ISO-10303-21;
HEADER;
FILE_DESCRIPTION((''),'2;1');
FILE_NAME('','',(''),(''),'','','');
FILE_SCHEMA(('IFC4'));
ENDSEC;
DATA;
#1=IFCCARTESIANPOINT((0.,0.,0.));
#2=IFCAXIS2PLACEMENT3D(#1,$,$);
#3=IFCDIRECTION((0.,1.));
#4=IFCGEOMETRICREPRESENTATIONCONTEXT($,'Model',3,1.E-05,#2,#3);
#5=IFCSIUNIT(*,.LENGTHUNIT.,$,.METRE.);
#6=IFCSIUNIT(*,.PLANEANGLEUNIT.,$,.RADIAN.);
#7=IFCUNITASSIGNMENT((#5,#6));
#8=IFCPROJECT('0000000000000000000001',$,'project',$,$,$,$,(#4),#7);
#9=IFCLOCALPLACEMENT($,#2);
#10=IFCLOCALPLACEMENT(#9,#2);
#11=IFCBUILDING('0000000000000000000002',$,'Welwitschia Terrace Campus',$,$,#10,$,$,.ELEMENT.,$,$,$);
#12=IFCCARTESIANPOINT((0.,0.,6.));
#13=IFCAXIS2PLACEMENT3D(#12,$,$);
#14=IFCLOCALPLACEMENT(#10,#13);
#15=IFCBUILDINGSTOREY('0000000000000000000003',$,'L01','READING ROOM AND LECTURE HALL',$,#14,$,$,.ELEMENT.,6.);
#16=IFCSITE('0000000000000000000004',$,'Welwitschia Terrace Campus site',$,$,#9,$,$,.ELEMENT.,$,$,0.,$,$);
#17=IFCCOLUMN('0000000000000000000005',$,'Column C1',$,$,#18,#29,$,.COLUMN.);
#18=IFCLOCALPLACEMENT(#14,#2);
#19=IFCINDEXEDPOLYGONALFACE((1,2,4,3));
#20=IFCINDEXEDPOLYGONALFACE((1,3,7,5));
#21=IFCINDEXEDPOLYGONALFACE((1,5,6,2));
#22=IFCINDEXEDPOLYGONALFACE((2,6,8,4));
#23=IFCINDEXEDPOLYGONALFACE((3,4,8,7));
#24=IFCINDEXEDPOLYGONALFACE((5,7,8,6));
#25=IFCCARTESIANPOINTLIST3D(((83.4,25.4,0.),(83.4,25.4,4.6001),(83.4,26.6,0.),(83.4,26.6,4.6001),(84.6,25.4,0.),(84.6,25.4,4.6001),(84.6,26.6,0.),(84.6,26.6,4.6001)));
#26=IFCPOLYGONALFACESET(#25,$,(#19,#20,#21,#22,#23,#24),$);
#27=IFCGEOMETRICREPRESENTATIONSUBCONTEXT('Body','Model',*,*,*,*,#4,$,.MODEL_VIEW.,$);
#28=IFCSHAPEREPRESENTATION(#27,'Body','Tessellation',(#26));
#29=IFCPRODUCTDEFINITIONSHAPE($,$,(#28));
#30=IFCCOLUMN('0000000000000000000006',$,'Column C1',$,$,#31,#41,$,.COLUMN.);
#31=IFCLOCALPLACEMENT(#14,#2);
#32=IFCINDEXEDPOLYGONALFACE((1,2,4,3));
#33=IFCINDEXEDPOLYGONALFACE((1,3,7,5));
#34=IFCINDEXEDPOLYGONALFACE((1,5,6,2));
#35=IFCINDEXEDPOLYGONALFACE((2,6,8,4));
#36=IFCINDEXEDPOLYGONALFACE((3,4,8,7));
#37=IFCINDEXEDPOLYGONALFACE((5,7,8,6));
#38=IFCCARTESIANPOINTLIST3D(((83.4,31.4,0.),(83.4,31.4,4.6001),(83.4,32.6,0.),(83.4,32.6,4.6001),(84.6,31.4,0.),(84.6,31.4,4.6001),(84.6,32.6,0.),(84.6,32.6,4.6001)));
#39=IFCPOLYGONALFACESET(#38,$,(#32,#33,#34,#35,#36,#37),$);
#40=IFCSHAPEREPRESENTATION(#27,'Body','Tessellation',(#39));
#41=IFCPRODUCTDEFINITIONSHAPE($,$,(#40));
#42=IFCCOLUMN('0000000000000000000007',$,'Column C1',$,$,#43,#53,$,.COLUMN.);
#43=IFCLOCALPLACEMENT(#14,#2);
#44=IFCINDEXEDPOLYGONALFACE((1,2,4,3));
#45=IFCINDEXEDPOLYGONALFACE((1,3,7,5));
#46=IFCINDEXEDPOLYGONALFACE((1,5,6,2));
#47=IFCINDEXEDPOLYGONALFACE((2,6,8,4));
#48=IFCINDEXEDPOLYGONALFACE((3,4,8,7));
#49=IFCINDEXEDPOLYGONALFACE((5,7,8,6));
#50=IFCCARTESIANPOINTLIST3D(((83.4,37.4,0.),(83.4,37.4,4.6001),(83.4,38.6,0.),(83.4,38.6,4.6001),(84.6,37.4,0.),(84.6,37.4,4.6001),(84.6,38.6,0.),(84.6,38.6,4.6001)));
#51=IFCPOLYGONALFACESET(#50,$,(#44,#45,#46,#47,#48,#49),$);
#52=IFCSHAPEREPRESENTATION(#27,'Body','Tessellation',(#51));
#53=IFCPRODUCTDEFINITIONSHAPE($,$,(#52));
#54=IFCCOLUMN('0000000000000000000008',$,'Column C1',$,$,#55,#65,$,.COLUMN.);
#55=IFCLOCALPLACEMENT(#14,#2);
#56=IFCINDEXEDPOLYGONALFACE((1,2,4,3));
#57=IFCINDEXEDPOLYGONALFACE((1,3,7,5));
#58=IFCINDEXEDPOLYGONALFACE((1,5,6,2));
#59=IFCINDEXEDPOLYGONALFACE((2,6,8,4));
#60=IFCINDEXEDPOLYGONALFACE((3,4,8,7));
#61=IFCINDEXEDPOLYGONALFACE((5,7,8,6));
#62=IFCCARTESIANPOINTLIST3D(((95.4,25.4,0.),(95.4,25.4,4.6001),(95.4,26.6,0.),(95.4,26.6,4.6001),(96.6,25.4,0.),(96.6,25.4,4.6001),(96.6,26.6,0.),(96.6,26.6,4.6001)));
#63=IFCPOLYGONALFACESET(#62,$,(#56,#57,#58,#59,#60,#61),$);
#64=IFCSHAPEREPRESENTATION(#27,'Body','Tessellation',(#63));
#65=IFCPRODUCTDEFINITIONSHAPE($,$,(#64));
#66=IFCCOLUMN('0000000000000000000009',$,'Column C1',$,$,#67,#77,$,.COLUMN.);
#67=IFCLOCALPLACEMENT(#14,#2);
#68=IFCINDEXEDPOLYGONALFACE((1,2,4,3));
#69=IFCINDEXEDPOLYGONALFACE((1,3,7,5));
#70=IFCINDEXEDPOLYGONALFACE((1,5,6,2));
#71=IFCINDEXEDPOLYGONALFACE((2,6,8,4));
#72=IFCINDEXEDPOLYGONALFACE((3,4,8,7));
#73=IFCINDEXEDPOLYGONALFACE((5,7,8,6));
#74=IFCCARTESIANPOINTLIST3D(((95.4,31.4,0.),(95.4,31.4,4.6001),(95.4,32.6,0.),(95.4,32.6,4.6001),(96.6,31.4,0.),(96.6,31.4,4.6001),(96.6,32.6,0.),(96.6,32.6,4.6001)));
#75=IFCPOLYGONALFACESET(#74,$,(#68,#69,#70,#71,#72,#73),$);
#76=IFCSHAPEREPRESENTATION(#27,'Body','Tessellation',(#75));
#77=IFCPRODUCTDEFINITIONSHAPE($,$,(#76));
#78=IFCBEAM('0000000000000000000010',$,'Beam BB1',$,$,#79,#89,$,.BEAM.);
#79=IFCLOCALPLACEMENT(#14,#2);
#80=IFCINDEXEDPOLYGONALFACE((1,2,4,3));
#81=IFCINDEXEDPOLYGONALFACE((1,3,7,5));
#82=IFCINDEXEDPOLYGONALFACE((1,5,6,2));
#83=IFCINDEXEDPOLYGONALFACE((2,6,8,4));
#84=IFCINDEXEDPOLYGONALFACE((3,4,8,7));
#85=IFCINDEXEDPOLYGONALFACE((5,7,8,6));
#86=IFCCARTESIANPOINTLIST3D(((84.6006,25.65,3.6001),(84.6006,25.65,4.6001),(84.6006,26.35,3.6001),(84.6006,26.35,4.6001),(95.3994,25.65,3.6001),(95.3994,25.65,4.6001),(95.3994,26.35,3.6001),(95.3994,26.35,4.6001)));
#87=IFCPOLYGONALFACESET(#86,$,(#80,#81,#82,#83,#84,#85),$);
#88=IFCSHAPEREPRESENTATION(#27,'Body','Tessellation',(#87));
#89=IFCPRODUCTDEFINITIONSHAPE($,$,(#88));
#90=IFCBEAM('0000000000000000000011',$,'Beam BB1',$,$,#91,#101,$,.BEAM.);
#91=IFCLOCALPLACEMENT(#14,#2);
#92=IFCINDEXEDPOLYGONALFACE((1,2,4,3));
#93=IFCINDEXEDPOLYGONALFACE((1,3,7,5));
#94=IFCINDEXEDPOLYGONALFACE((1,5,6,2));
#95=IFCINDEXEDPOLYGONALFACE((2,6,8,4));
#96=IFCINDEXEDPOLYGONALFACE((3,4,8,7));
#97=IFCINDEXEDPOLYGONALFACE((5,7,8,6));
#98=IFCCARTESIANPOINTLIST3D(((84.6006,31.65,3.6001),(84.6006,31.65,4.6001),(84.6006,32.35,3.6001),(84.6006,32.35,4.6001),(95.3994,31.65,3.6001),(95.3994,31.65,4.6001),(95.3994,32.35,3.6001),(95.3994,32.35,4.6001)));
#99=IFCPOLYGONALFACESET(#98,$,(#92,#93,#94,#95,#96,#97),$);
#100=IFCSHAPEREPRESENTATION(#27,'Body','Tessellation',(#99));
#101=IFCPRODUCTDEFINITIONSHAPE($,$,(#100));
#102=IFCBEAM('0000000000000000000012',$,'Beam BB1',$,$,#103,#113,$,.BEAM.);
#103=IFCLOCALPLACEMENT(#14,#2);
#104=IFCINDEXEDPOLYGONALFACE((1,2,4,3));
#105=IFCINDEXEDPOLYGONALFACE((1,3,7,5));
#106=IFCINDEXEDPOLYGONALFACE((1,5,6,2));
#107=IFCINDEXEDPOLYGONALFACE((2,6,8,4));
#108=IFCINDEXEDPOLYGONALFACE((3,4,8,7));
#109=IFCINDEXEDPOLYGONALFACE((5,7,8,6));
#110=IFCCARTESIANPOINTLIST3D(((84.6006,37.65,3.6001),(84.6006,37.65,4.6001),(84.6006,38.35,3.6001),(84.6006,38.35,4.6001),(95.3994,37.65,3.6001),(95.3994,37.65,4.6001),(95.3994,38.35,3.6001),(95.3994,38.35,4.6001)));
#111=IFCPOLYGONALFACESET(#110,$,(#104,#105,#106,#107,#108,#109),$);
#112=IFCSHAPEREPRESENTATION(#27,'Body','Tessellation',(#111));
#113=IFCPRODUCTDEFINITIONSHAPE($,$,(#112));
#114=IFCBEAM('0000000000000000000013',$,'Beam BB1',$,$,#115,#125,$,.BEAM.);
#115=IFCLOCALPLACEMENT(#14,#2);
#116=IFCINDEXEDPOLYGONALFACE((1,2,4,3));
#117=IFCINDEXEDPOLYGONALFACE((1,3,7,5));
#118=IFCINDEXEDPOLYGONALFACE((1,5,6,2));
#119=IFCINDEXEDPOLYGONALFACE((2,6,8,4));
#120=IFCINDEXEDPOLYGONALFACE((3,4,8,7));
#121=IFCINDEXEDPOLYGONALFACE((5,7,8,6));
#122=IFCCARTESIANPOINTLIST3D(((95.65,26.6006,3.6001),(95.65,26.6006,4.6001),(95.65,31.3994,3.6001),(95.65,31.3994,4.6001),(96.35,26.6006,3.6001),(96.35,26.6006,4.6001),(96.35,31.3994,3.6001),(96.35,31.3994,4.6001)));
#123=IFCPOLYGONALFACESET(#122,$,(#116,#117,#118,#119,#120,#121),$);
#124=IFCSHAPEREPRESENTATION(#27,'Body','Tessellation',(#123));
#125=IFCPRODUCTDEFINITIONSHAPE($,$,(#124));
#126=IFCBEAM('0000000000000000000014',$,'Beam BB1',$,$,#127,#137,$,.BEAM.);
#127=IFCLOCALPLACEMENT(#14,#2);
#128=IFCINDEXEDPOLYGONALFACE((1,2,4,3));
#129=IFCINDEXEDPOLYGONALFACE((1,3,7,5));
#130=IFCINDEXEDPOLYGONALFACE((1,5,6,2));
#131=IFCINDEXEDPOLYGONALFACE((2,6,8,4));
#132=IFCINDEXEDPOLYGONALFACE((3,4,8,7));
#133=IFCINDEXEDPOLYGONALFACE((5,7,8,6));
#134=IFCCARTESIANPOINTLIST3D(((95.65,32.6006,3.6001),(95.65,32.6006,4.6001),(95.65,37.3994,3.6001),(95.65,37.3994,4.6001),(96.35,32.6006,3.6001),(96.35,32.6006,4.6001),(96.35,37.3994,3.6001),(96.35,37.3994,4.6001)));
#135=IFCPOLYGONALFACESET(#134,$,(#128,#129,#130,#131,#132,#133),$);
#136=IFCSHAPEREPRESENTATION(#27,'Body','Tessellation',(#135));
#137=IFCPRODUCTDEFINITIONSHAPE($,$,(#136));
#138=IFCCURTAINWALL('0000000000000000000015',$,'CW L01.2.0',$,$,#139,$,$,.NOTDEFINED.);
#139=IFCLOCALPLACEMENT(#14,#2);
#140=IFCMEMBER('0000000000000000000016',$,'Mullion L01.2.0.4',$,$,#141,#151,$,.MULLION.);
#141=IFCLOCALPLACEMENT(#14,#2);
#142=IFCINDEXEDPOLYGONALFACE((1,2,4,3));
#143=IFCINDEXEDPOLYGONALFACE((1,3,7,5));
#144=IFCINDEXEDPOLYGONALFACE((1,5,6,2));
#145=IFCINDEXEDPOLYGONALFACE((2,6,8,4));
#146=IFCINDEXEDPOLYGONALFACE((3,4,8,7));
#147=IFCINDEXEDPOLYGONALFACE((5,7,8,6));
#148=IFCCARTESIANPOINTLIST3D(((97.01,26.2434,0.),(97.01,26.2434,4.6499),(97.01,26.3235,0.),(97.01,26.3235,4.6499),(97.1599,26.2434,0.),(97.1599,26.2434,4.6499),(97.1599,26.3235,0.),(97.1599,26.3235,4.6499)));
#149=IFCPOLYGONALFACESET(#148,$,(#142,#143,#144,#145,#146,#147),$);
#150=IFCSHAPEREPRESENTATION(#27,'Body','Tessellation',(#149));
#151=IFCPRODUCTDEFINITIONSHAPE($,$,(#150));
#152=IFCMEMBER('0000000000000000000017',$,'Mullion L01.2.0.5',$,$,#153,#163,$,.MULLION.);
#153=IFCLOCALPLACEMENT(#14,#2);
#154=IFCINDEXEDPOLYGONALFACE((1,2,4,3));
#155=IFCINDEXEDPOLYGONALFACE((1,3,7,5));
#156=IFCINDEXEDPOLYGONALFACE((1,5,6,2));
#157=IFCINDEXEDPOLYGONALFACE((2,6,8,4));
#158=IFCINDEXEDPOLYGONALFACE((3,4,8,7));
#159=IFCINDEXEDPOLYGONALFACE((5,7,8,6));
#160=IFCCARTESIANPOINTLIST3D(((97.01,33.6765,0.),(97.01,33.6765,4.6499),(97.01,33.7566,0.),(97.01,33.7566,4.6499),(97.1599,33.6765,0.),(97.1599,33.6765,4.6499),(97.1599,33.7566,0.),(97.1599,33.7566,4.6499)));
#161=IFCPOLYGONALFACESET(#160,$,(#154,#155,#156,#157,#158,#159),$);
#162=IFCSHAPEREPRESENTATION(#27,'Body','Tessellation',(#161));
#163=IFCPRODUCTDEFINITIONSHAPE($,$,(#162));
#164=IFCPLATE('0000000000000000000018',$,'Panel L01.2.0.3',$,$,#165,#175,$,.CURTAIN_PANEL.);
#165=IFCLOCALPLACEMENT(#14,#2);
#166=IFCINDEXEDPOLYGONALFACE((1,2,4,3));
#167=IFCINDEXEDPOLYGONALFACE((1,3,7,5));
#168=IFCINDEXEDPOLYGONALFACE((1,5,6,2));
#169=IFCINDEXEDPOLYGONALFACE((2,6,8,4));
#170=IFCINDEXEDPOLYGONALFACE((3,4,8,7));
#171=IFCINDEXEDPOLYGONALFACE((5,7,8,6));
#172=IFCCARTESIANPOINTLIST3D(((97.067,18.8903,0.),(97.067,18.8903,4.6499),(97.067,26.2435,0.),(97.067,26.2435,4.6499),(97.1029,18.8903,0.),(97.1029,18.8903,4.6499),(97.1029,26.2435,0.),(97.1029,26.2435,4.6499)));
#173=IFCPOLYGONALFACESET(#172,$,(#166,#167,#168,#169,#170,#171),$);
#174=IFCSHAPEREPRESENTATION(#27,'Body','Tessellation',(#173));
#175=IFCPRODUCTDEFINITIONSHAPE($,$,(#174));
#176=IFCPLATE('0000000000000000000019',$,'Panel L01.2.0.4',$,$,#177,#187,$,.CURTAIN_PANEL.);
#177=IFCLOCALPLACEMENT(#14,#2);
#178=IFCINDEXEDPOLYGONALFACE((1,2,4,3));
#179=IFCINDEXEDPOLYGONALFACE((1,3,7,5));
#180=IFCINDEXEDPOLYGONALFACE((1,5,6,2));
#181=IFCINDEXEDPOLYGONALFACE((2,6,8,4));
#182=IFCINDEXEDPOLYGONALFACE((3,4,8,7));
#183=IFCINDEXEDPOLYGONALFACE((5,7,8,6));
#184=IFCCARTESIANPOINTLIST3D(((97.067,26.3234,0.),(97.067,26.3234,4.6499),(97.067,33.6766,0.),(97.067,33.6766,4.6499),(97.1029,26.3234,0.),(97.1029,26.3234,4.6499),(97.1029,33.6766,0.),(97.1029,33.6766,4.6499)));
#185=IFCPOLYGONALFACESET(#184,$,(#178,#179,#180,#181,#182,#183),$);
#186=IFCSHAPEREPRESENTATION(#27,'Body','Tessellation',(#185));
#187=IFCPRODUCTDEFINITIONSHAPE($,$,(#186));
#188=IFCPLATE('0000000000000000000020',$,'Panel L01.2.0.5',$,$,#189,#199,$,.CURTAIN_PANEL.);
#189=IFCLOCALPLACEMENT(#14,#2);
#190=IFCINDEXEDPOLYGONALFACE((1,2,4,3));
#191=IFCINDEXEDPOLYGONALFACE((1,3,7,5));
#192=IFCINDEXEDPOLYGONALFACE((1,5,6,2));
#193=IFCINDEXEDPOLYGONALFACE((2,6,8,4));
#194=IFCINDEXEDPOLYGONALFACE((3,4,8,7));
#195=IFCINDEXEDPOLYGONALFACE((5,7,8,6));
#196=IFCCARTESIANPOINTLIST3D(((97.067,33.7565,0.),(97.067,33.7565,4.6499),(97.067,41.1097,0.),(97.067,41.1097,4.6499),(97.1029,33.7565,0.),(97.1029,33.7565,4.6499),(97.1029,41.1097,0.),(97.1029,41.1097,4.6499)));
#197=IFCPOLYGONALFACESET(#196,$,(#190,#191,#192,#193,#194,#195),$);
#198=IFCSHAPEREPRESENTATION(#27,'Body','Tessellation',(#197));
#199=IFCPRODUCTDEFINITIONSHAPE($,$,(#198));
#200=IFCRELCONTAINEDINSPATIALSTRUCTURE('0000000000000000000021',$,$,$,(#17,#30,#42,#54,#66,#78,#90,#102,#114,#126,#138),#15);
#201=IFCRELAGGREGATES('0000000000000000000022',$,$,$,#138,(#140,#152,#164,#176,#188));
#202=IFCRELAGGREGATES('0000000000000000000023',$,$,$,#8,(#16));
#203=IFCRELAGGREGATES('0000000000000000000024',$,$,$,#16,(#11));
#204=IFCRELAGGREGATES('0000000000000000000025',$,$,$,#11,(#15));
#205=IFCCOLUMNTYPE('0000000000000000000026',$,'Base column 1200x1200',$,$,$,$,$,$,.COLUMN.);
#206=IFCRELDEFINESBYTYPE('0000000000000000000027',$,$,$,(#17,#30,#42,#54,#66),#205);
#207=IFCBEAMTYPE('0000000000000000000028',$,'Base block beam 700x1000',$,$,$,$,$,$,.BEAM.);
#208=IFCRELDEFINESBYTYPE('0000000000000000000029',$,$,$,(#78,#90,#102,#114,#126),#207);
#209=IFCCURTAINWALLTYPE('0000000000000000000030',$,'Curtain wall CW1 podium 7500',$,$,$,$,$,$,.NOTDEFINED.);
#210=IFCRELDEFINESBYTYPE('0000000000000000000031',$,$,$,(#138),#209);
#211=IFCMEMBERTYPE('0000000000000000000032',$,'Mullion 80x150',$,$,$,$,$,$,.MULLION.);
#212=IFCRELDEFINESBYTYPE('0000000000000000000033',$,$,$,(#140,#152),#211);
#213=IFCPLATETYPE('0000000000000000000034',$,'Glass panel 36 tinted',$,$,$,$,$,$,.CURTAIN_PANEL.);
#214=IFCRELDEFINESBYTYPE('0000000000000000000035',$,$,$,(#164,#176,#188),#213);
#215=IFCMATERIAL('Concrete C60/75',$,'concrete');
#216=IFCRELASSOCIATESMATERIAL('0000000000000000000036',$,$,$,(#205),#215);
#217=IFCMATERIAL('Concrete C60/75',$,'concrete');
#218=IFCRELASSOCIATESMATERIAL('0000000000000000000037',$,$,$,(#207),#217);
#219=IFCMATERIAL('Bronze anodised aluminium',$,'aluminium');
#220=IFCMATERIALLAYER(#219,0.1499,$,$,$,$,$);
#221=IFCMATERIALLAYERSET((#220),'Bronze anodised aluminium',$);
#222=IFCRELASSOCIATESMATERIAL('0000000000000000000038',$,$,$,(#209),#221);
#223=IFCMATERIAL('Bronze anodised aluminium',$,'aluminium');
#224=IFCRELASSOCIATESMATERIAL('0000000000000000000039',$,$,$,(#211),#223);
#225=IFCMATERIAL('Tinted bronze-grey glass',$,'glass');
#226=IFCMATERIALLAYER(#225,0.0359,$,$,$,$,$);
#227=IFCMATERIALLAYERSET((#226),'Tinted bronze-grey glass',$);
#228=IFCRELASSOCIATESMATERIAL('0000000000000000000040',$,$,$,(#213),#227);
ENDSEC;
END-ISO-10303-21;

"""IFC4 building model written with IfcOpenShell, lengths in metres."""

from ifc_helpers import new_model, si_unit, direction, frame, origin, origin_2d, place, context, subcontext, project, spatial, rectangle, extrude, material, layer, layer_set, material_profile, profile_set, type_object, element, aggregate, save


model = new_model("IFC4")

# Units and contexts
model_context = context("Model", 3, precision=1e-05, world=origin(), true_north=direction((0.0, 1.0)))
body_context = subcontext(model_context, "Body", "Model", "MODEL_VIEW")
ifc_project = project(units=[si_unit("LENGTHUNIT", "METRE"), si_unit("PLANEANGLEUNIT", "RADIAN")], contexts=[model_context])

# Site, building, storey
site_placement = place(None, origin())
site = spatial("IfcSite", under=ifc_project, at=site_placement, Name="Welwitschia Terrace Campus site", CompositionType="ELEMENT", RefElevation=0.0)
building_placement = place(site_placement, origin())
building = spatial("IfcBuilding", under=site, at=building_placement, Name="Welwitschia Terrace Campus", CompositionType="ELEMENT")
storey_placement = place(building_placement, frame((0.0, 0.0, 6.0)))
storey = spatial("IfcBuildingStorey", under=building, at=storey_placement, Name="L01", Description="READING ROOM AND LECTURE HALL", CompositionType="ELEMENT", Elevation=6.0)

# Columns
ifc_material_1 = material(Name="Concrete C60/75", Category="concrete")
ifc_material_profile_1 = material_profile(ifc_material_1, rectangle(XDim=1.2, YDim=1.2, at=origin_2d()))
ifc_profile_set_1 = profile_set([ifc_material_profile_1], Name="Concrete C60/75")
column_type = type_object("IfcColumnType", Name="Base column 1200x1200", PredefinedType="COLUMN", material=ifc_profile_set_1)
for number, where, z_axis, x_axis, name in (
    (1, (84.0, 26.0, 0.0), (0.0, 0.0, 1.0), (1.0, 0.0, 0.0), "Column C1"),
    (2, (84.0, 32.0, 0.0), (0.0, 0.0, 1.0), (1.0, 0.0, 0.0), "Column C1"),
    (3, (84.0, 38.0, 0.0), (0.0, 0.0, 1.0), (1.0, 0.0, 0.0), "Column C1"),
    (4, (96.0, 26.0, 0.0), (0.0, 0.0, 1.0), (1.0, 0.0, 0.0), "Column C1"),
    (5, (96.0, 32.0, 0.0), (0.0, 0.0, 1.0), (1.0, 0.0, 0.0), "Column C1"),
):
    element("IfcColumn", number, at=place(storey_placement, frame(where, z_axis=z_axis, x_axis=x_axis)), inside=storey, type_object=column_type, Name=name, PredefinedType="COLUMN", context=body_context, shape_type="SweptSolid", body=[
        extrude(rectangle(XDim=1.2, YDim=1.2, at=origin_2d()), origin(), (0.0, 0.0, 1.0), 4.6001),
    ])

# Beams
ifc_material_2 = material(Name="Concrete C60/75", Category="concrete")
ifc_material_profile_2 = material_profile(ifc_material_2, rectangle(XDim=0.7, YDim=1.0, at=origin_2d()))
ifc_profile_set_2 = profile_set([ifc_material_profile_2], Name="Concrete C60/75")
beam_type = type_object("IfcBeamType", Name="Base block beam 700x1000", PredefinedType="BEAM", material=ifc_profile_set_2)
for number, where, z_axis, x_axis, name in (
    (6, (84.6006, 26.0, 4.1001), (1.0, 0.0, 0.0), (0.0, 1.0, 0.0), "Beam BB1"),
    (7, (84.6006, 32.0, 4.1001), (1.0, 0.0, 0.0), (0.0, 1.0, 0.0), "Beam BB1"),
    (8, (84.6006, 38.0, 4.1001), (1.0, 0.0, 0.0), (0.0, 1.0, 0.0), "Beam BB1"),
):
    element("IfcBeam", number, at=place(storey_placement, frame(where, z_axis=z_axis, x_axis=x_axis)), inside=storey, type_object=beam_type, Name=name, PredefinedType="BEAM", context=body_context, shape_type="SweptSolid", body=[
        extrude(rectangle(XDim=0.7, YDim=1.0, at=origin_2d()), origin(), (0.0, 0.0, 1.0), 10.7988),
    ])
for number, where, z_axis, x_axis, name in (
    (9, (96.0, 26.6006, 4.1001), (0.0, 1.0, 0.0), (-1.0, 0.0, 0.0), "Beam BB1"),
    (10, (96.0, 32.6006, 4.1001), (0.0, 1.0, 0.0), (-1.0, 0.0, 0.0), "Beam BB1"),
):
    element("IfcBeam", number, at=place(storey_placement, frame(where, z_axis=z_axis, x_axis=x_axis)), inside=storey, type_object=beam_type, Name=name, PredefinedType="BEAM", context=body_context, shape_type="SweptSolid", body=[
        extrude(rectangle(XDim=0.7, YDim=1.0, at=origin_2d()), origin(), (0.0, 0.0, 1.0), 4.7988),
    ])

# Curtain wall, members, plates
ifc_material_3 = material(Name="Bronze anodised aluminium", Category="aluminium")
ifc_layer_1 = layer(ifc_material_3, 0.1499)
ifc_layer_set_1 = layer_set([ifc_layer_1], Name="Bronze anodised aluminium")
curtain_wall_type = type_object("IfcCurtainWallType", Name="Curtain wall CW1 podium 7500", PredefinedType="NOTDEFINED", material=ifc_layer_set_1)
curtain_wall_placement = place(storey_placement, origin())
curtain_wall = element("IfcCurtainWall", 11, at=curtain_wall_placement, inside=storey, type_object=curtain_wall_type, Name="CW L01.2.0", PredefinedType="NOTDEFINED")
ifc_material_4 = material(Name="Bronze anodised aluminium", Category="aluminium")
ifc_material_profile_3 = material_profile(ifc_material_4, rectangle(XDim=0.1499, YDim=0.0801, at=origin_2d()))
ifc_profile_set_3 = profile_set([ifc_material_profile_3], Name="Bronze anodised aluminium")
member_type = type_object("IfcMemberType", Name="Mullion 80x150", PredefinedType="MULLION", material=ifc_profile_set_3)
member_1_placement = place(storey_placement, frame((97.085, 26.2834, 0.0), z_axis=(0.0, 0.0, 1.0), x_axis=(-1.0, 0.0, 0.0)))
member_1 = element("IfcMember", 12, at=member_1_placement, type_object=member_type, Name="Mullion L01.2.0.4", PredefinedType="MULLION", context=body_context, shape_type="SweptSolid", body=[
    extrude(rectangle(XDim=0.1499, YDim=0.0801, at=origin_2d()), origin(), (0.0, 0.0, 1.0), 4.6499),
])
member_2_placement = place(storey_placement, frame((97.085, 33.7166, 0.0), z_axis=(0.0, 0.0, 1.0), x_axis=(-1.0, 0.0, 0.0)))
member_2 = element("IfcMember", 13, at=member_2_placement, type_object=member_type, Name="Mullion L01.2.0.5", PredefinedType="MULLION", context=body_context, shape_type="SweptSolid", body=[
    extrude(rectangle(XDim=0.1499, YDim=0.0801, at=origin_2d()), origin(), (0.0, 0.0, 1.0), 4.6499),
])
ifc_material_5 = material(Name="Tinted bronze-grey glass", Category="glass")
ifc_layer_2 = layer(ifc_material_5, 0.0359)
ifc_layer_set_2 = layer_set([ifc_layer_2], Name="Tinted bronze-grey glass")
plate_type = type_object("IfcPlateType", Name="Glass panel 36 tinted", PredefinedType="CURTAIN_PANEL", material=ifc_layer_set_2)
plate_1_placement = place(storey_placement, frame((97.085, 22.5669, 0.0), z_axis=(0.0, 0.0, 1.0), x_axis=(0.0, 1.0, 0.0)))
plate_1 = element("IfcPlate", 14, at=plate_1_placement, type_object=plate_type, Name="Panel L01.2.0.3", PredefinedType="CURTAIN_PANEL", context=body_context, shape_type="SweptSolid", body=[
    extrude(rectangle(XDim=7.3533, YDim=0.0359, at=origin_2d()), origin(), (0.0, 0.0, 1.0), 4.6499),
])
plate_2_placement = place(storey_placement, frame((97.085, 30.0, 0.0), z_axis=(0.0, 0.0, 1.0), x_axis=(0.0, 1.0, 0.0)))
plate_2 = element("IfcPlate", 15, at=plate_2_placement, type_object=plate_type, Name="Panel L01.2.0.4", PredefinedType="CURTAIN_PANEL", context=body_context, shape_type="SweptSolid", body=[
    extrude(rectangle(XDim=7.3533, YDim=0.0359, at=origin_2d()), origin(), (0.0, 0.0, 1.0), 4.6499),
])
plate_3_placement = place(storey_placement, frame((97.085, 37.4331, 0.0), z_axis=(0.0, 0.0, 1.0), x_axis=(0.0, 1.0, 0.0)))
plate_3 = element("IfcPlate", 16, at=plate_3_placement, type_object=plate_type, Name="Panel L01.2.0.5", PredefinedType="CURTAIN_PANEL", context=body_context, shape_type="SweptSolid", body=[
    extrude(rectangle(XDim=7.3533, YDim=0.0359, at=origin_2d()), origin(), (0.0, 0.0, 1.0), 4.6499),
])
aggregate(curtain_wall, [member_1, member_2, plate_1, plate_2, plate_3])

save(model, "model.ifc")
